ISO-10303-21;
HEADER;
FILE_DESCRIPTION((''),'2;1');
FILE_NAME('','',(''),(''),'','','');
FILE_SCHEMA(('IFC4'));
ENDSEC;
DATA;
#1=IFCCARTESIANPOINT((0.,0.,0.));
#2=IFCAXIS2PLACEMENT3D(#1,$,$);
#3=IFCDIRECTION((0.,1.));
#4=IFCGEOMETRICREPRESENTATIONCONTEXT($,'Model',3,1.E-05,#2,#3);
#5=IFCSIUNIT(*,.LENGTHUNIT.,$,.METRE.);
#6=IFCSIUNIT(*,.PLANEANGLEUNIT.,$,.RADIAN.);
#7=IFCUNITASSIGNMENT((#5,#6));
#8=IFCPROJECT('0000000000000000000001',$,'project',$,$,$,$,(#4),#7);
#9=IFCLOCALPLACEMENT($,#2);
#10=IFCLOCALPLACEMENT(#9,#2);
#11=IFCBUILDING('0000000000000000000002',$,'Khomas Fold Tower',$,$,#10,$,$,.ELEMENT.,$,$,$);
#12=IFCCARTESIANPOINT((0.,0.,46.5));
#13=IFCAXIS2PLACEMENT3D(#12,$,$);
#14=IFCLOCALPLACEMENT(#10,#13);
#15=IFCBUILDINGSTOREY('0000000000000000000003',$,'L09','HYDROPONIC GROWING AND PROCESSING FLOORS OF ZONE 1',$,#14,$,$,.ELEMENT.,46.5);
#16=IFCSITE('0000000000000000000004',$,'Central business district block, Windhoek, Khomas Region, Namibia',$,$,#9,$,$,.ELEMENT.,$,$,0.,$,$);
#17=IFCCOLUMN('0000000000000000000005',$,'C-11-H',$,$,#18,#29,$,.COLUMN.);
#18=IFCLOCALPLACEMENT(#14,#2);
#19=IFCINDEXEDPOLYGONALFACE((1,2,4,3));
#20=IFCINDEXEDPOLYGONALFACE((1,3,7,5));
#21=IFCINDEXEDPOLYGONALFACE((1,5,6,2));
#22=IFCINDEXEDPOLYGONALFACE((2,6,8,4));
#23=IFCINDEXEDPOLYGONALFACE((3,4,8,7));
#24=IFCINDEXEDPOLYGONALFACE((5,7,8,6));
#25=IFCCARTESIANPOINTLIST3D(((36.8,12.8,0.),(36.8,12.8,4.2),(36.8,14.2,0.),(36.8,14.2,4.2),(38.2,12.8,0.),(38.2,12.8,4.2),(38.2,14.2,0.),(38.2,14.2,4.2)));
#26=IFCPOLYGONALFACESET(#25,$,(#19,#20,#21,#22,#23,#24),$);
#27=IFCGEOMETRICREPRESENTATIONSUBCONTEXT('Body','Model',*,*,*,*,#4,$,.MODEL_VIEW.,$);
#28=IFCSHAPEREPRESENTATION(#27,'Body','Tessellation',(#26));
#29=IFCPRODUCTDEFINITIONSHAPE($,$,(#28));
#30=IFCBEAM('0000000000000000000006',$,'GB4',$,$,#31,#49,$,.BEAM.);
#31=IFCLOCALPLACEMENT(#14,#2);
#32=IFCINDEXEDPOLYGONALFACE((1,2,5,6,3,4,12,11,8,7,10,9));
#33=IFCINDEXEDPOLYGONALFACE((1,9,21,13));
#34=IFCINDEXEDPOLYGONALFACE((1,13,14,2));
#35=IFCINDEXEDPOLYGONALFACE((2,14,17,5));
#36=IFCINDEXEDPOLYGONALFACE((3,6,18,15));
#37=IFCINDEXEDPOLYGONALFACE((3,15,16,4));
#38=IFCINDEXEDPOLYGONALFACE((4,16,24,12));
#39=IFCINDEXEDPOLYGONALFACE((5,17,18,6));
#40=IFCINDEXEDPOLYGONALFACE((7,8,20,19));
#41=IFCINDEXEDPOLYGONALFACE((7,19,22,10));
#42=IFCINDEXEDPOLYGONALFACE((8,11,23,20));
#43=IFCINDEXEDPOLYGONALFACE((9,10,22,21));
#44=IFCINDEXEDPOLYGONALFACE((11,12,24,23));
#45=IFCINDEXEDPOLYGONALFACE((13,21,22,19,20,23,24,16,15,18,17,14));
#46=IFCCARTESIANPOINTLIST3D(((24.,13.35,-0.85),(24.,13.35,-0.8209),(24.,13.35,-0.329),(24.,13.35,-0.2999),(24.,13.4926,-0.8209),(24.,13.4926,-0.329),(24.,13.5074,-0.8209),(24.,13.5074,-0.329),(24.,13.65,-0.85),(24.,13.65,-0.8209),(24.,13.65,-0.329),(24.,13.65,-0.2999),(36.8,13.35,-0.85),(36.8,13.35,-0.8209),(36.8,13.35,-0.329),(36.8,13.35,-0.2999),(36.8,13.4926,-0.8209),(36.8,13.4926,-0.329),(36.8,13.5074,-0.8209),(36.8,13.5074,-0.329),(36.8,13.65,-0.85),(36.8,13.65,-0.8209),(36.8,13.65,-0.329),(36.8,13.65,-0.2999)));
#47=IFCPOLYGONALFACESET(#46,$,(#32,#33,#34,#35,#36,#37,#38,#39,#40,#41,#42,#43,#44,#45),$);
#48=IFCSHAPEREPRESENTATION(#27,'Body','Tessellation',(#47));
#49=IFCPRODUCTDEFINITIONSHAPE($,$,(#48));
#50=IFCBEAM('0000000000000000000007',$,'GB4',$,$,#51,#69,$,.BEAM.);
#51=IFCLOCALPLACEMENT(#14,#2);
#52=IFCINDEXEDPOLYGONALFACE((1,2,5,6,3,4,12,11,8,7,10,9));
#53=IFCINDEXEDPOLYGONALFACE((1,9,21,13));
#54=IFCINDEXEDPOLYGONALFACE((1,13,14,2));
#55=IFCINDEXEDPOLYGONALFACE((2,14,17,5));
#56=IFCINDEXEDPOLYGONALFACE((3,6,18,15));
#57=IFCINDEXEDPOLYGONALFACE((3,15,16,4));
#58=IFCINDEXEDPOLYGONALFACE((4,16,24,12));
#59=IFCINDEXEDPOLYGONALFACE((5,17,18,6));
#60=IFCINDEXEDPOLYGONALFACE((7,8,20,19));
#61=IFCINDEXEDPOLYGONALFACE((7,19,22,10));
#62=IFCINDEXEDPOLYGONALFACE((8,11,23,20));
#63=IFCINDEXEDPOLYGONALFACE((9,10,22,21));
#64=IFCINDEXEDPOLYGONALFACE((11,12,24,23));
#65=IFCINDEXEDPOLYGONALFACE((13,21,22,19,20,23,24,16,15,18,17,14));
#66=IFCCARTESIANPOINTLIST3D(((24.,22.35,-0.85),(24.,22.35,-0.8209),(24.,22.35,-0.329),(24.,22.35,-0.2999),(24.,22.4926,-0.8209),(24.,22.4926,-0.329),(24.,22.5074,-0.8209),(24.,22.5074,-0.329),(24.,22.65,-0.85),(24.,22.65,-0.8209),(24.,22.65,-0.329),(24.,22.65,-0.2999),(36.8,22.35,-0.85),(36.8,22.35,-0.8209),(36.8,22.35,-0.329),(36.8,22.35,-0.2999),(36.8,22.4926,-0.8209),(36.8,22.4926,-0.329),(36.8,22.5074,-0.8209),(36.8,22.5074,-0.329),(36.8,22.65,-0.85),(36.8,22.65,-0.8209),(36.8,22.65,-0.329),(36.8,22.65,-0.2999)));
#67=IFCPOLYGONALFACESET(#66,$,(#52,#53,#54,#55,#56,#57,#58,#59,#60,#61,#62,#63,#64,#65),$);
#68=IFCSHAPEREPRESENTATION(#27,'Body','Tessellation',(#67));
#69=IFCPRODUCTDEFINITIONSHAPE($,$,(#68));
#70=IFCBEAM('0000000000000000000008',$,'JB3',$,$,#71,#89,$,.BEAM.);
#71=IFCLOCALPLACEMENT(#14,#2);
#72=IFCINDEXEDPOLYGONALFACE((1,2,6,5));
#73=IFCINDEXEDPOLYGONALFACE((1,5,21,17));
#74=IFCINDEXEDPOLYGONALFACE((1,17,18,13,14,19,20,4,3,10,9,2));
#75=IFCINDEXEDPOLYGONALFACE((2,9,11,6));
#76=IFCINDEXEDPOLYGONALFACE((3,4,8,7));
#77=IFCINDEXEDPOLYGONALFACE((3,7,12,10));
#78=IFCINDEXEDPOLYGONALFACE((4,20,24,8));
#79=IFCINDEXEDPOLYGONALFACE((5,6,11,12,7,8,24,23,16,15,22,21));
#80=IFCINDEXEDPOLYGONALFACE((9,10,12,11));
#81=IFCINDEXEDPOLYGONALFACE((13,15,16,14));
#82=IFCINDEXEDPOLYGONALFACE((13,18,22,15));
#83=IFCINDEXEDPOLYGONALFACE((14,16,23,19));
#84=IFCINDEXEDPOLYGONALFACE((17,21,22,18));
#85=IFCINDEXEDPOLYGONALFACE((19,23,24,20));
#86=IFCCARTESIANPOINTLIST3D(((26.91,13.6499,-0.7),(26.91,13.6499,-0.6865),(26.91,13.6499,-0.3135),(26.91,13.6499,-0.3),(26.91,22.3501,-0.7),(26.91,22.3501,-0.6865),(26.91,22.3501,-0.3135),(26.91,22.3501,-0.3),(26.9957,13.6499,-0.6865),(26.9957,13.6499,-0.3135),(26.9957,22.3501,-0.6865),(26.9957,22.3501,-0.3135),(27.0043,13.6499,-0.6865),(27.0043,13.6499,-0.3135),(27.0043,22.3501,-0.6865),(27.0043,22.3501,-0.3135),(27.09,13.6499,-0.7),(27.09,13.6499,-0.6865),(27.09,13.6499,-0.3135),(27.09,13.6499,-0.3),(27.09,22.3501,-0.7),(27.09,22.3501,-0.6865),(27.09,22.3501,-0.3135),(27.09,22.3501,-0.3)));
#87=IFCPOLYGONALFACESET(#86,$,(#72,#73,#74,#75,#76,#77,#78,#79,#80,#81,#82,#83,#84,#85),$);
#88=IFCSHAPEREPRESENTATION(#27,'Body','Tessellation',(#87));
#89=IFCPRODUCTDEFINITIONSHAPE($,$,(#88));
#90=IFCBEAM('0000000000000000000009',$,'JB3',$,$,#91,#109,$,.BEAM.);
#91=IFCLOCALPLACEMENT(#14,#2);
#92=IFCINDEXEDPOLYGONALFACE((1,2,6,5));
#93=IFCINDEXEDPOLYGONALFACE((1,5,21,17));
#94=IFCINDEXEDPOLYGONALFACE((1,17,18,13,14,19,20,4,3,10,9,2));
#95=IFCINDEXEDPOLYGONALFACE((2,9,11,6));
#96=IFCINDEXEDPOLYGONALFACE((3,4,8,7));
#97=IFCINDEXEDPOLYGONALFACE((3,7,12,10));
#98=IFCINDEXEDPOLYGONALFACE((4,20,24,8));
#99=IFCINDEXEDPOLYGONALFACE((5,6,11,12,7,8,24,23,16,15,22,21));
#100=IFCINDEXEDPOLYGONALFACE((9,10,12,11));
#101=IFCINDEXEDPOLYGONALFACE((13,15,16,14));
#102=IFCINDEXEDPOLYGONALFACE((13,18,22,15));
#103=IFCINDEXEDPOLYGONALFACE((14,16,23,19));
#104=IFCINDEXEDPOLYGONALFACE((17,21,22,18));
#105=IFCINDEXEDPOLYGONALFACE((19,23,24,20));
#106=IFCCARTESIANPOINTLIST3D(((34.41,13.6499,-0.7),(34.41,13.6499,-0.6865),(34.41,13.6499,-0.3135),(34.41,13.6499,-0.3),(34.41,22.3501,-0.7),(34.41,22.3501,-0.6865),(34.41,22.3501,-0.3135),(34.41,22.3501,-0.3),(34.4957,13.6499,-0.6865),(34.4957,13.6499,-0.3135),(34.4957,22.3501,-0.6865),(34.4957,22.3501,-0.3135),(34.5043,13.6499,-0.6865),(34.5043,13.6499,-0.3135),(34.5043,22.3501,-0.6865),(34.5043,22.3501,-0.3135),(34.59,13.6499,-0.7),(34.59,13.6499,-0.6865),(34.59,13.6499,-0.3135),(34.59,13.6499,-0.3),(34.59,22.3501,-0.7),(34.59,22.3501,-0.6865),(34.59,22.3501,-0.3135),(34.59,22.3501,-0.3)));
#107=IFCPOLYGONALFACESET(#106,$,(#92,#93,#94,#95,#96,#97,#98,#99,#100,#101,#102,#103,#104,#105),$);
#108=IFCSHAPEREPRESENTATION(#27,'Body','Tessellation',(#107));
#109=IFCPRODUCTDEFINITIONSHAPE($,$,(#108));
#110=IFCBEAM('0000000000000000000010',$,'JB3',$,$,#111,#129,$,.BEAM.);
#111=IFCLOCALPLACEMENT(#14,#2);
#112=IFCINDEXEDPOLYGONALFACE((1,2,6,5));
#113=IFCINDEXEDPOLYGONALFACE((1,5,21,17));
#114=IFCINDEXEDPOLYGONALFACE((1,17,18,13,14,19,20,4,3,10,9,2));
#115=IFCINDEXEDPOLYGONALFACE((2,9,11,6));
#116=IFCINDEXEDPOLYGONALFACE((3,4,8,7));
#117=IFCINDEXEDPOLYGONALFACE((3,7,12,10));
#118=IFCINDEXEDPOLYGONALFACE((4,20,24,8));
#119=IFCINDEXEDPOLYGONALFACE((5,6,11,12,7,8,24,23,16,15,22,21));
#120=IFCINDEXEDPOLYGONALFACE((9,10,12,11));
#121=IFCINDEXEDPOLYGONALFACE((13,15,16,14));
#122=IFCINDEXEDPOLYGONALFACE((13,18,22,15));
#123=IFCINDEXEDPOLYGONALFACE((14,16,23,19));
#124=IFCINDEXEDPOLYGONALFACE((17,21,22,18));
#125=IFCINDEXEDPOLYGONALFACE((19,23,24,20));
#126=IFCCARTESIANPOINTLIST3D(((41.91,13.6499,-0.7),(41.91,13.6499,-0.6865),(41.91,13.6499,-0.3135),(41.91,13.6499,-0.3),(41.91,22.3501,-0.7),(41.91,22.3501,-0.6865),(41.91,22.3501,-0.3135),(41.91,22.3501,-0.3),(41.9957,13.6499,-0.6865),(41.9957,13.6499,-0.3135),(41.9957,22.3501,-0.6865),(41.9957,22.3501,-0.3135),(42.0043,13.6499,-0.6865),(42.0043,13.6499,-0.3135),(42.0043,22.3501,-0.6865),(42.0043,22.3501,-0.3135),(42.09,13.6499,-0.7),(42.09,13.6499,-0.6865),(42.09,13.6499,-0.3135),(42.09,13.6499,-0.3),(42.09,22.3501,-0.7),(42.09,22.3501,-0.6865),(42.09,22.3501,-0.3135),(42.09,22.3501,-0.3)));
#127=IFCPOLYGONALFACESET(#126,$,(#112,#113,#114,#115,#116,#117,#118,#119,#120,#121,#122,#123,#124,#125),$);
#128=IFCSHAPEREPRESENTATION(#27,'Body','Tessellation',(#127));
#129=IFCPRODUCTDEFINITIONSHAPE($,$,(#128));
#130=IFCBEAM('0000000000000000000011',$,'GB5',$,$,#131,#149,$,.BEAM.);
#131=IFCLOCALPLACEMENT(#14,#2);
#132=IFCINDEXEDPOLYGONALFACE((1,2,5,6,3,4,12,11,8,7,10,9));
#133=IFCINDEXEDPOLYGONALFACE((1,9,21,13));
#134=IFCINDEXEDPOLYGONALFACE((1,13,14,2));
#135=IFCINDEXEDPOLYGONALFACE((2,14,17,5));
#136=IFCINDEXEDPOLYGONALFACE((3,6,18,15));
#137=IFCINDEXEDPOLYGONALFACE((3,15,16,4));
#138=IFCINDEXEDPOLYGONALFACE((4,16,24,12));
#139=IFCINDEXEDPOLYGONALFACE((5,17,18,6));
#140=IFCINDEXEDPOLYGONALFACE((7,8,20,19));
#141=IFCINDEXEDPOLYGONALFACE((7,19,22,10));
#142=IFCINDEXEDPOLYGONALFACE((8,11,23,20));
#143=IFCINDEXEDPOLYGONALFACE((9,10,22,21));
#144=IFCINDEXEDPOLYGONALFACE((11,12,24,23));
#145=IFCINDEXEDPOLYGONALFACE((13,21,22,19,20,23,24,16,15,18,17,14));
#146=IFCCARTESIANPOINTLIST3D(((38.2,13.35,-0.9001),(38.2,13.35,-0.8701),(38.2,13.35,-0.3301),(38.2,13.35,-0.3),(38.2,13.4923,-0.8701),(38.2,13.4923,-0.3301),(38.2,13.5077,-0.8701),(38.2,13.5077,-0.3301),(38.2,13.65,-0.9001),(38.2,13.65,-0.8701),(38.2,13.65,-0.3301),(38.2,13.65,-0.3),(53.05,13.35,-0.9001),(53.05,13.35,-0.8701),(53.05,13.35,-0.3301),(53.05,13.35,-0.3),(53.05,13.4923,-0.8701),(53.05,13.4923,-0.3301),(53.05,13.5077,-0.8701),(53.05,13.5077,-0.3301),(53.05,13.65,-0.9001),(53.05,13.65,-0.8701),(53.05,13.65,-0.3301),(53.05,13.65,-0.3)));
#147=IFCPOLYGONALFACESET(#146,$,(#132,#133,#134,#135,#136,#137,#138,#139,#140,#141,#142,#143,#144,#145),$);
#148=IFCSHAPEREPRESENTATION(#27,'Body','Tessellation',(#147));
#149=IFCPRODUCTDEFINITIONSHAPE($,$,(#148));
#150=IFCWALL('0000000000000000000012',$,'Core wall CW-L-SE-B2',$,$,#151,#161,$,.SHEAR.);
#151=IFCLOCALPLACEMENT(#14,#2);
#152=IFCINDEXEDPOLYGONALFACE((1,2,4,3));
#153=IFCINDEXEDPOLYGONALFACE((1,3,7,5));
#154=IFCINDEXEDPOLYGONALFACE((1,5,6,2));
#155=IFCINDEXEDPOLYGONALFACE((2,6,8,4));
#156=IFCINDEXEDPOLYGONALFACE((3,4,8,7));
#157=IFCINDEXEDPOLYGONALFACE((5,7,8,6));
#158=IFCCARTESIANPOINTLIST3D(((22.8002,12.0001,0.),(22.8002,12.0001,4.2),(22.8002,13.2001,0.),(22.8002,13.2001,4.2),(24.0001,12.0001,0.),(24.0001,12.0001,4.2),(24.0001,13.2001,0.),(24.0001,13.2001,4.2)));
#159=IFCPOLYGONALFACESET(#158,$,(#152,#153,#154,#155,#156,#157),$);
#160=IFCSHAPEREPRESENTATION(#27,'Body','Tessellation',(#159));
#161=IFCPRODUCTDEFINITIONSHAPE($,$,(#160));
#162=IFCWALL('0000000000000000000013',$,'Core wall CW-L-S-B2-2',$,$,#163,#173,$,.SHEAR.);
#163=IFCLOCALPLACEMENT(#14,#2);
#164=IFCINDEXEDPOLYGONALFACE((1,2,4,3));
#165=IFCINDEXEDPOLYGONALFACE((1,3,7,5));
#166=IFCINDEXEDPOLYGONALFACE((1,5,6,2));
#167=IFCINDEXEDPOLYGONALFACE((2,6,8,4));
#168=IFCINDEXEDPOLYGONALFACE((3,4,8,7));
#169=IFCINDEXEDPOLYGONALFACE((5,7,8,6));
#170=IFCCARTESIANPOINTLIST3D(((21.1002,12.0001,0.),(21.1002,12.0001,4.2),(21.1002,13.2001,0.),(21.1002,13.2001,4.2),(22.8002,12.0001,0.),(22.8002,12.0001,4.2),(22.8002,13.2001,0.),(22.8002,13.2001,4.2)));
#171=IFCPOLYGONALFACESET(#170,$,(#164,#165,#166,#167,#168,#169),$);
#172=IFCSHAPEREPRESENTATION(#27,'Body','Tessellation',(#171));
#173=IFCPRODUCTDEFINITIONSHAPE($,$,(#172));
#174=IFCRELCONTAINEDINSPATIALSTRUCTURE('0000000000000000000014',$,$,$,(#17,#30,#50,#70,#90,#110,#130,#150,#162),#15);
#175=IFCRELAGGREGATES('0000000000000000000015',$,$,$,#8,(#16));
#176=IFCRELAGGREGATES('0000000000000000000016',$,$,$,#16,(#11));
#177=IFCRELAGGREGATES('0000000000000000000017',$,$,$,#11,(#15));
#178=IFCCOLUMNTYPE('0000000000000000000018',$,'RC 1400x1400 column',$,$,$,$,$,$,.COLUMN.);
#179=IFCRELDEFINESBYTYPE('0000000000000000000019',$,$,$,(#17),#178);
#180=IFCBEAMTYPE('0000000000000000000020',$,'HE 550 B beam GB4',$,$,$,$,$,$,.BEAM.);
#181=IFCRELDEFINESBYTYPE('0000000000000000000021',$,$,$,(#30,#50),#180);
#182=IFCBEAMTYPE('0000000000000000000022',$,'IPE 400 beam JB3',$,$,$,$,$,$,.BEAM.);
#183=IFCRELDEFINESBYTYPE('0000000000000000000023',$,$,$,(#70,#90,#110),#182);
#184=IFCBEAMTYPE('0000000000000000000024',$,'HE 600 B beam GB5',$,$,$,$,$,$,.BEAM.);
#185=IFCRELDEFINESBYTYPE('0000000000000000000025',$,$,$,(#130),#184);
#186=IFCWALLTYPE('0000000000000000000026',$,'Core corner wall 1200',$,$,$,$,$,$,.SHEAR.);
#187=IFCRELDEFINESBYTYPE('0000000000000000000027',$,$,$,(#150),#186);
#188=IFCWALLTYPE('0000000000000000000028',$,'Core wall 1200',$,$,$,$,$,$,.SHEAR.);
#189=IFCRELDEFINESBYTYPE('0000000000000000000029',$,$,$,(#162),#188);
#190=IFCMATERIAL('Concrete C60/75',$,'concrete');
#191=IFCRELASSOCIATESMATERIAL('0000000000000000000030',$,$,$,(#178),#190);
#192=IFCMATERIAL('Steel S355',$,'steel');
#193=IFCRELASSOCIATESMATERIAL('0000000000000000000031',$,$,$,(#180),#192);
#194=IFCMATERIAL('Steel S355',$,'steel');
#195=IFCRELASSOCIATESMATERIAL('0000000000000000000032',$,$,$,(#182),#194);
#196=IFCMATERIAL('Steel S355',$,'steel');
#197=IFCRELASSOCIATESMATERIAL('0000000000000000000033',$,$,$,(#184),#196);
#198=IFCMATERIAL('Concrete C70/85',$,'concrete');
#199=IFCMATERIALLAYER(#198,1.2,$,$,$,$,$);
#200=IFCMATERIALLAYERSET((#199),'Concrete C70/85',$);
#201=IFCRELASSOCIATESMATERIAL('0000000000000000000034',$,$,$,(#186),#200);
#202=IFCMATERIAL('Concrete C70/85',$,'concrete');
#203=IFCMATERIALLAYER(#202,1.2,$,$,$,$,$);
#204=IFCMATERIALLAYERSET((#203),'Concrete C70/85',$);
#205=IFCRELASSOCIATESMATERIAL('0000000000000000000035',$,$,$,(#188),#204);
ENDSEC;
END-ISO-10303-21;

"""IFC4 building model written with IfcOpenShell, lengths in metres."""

from ifc_helpers import new_model, si_unit, direction, frame, frame_2d, origin, origin_2d, place, context, subcontext, project, spatial, rectangle, i_section, extrude, source, transform, mapped, material, layer, layer_set, material_profile, profile_set, type_object, element, save


model = new_model("IFC4")

# Units and contexts
model_context = context("Model", 3, precision=1e-05, world=origin(), true_north=direction((0.0, 1.0)))
body_context = subcontext(model_context, "Body", "Model", "MODEL_VIEW")
ifc_project = project(units=[si_unit("LENGTHUNIT", "METRE"), si_unit("PLANEANGLEUNIT", "RADIAN")], contexts=[model_context])

# Site, building, storey
site_placement = place(None, origin())
site = spatial("IfcSite", under=ifc_project, at=site_placement, Name="Central business district block, Windhoek, Khomas Region, Namibia", CompositionType="ELEMENT", RefElevation=0.0)
building_placement = place(site_placement, origin())
building = spatial("IfcBuilding", under=site, at=building_placement, Name="Khomas Fold Tower", CompositionType="ELEMENT")
storey_placement = place(building_placement, frame((0.0, 0.0, 46.5)))
storey = spatial("IfcBuildingStorey", under=building, at=storey_placement, Name="L09", Description="HYDROPONIC GROWING AND PROCESSING FLOORS OF ZONE 1", CompositionType="ELEMENT", Elevation=46.5)

# Column
ifc_material_1 = material(Name="Concrete C60/75", Category="concrete")
ifc_material_profile_1 = material_profile(ifc_material_1, rectangle(XDim=1.3999, YDim=1.3999, at=origin_2d()), Name="RC 1400x1400")
ifc_profile_set_1 = profile_set([ifc_material_profile_1], Name="Concrete C60/75")
column_type = type_object("IfcColumnType", Name="RC 1400x1400 column", PredefinedType="COLUMN", material=ifc_profile_set_1)
shared_shape_1 = source(origin(), body_context, "Body", "SweptSolid", [
    extrude(rectangle(XDim=1.3999, YDim=1.3999, at=origin_2d()), origin(), (0.0, 0.0, 1.0), 4.2),
])
column_placement = place(storey_placement, frame((37.5, 13.5, 0.0), z_axis=(0.0, 0.0, 1.0), x_axis=(1.0, 0.0, 0.0)))
element("IfcColumn", 1, at=column_placement, inside=storey, type_object=column_type, Name="C-11-H", PredefinedType="COLUMN", context=body_context, shape_type="MappedRepresentation", body=[
    mapped(shared_shape_1, transform((0.0, 0.0, 0.0))),
])

# Beams
ifc_material_2 = material(Name="Steel S355", Category="steel")
ifc_material_profile_2 = material_profile(ifc_material_2, i_section(OverallWidth=0.3, OverallDepth=0.55, WebThickness=0.0149, FlangeThickness=0.0291, at=origin_2d()), Name="HE 550 B")
ifc_profile_set_2 = profile_set([ifc_material_profile_2], Name="Steel S355")
beam_type_1 = type_object("IfcBeamType", Name="HE 550 B beam GB4", PredefinedType="BEAM", material=ifc_profile_set_2)
shared_shape_2 = source(origin(), body_context, "Body", "SweptSolid", [
    extrude(i_section(OverallWidth=0.3, OverallDepth=0.55, WebThickness=0.0149, FlangeThickness=0.0291, at=origin_2d()), origin(), (0.0, 0.0, 1.0), 12.8),
])
for number, where, z_axis, x_axis, name in (
    (2, (24.0, 13.5, -0.575), (1.0, 0.0, 0.0), (0.0, 1.0, 0.0), "GB4"),
    (3, (24.0, 22.5, -0.575), (1.0, 0.0, 0.0), (0.0, 1.0, 0.0), "GB4"),
):
    element("IfcBeam", number, at=place(storey_placement, frame(where, z_axis=z_axis, x_axis=x_axis)), inside=storey, type_object=beam_type_1, Name=name, PredefinedType="BEAM", context=body_context, shape_type="MappedRepresentation", body=[
        mapped(shared_shape_2, transform((0.0, 0.0, 0.0))),
    ])
ifc_material_3 = material(Name="Steel S355", Category="steel")
ifc_material_profile_3 = material_profile(ifc_material_3, i_section(OverallWidth=0.1799, OverallDepth=0.3999, WebThickness=0.0085, FlangeThickness=0.0134, at=origin_2d()), Name="IPE 400")
ifc_profile_set_3 = profile_set([ifc_material_profile_3], Name="Steel S355")
beam_type_2 = type_object("IfcBeamType", Name="IPE 400 beam JB3", PredefinedType="BEAM", material=ifc_profile_set_3)
shared_shape_3 = source(origin(), body_context, "Body", "SweptSolid", [
    extrude(i_section(OverallWidth=0.1799, OverallDepth=0.3999, WebThickness=0.0085, FlangeThickness=0.0134, at=origin_2d()), origin(), (0.0, 0.0, 1.0), 8.7002),
])
for number, where, z_axis, x_axis, name in (
    (4, (27.0, 13.6499, -0.5), (0.0, 1.0, 0.0), (-1.0, 0.0, 0.0), "JB3"),
    (5, (34.5, 13.6499, -0.5), (0.0, 1.0, 0.0), (-1.0, 0.0, 0.0), "JB3"),
    (6, (42.0, 13.6499, -0.5), (0.0, 1.0, 0.0), (-1.0, 0.0, 0.0), "JB3"),
):
    element("IfcBeam", number, at=place(storey_placement, frame(where, z_axis=z_axis, x_axis=x_axis)), inside=storey, type_object=beam_type_2, Name=name, PredefinedType="BEAM", context=body_context, shape_type="MappedRepresentation", body=[
        mapped(shared_shape_3, transform((0.0, 0.0, 0.0))),
    ])
ifc_material_4 = material(Name="Steel S355", Category="steel")
ifc_material_profile_4 = material_profile(ifc_material_4, i_section(OverallWidth=0.3, OverallDepth=0.6001, WebThickness=0.0154, FlangeThickness=0.03, at=origin_2d()), Name="HE 600 B")
ifc_profile_set_4 = profile_set([ifc_material_profile_4], Name="Steel S355")
beam_type_3 = type_object("IfcBeamType", Name="HE 600 B beam GB5", PredefinedType="BEAM", material=ifc_profile_set_4)
shared_shape_4 = source(origin(), body_context, "Body", "SweptSolid", [
    extrude(i_section(OverallWidth=0.3, OverallDepth=0.6001, WebThickness=0.0154, FlangeThickness=0.03, at=origin_2d()), origin(), (0.0, 0.0, 1.0), 14.8501),
])
beam_placement = place(storey_placement, frame((38.2, 13.5, -0.6001), z_axis=(1.0, 0.0, 0.0), x_axis=(0.0, 1.0, 0.0)))
element("IfcBeam", 7, at=beam_placement, inside=storey, type_object=beam_type_3, Name="GB5", PredefinedType="BEAM", context=body_context, shape_type="MappedRepresentation", body=[
    mapped(shared_shape_4, transform((0.0, 0.0, 0.0))),
])

# Walls
ifc_material_5 = material(Name="Concrete C70/85", Category="concrete")
ifc_layer_1 = layer(ifc_material_5, 1.2)
ifc_layer_set_1 = layer_set([ifc_layer_1], Name="Concrete C70/85")
wall_type_1 = type_object("IfcWallType", Name="Core corner wall 1200", PredefinedType="SHEAR", material=ifc_layer_set_1)
shared_shape_5 = source(origin(), body_context, "Body", "SweptSolid", [
    extrude(rectangle(XDim=1.2, YDim=1.2, at=frame_2d((0.6001, 0.0))), origin(), (0.0, 0.0, 1.0), 4.2),
])
wall_1_placement = place(storey_placement, frame((22.8, 12.6001, 0.0), z_axis=(0.0, 0.0, 1.0), x_axis=(1.0, 0.0, 0.0)))
element("IfcWall", 8, at=wall_1_placement, inside=storey, type_object=wall_type_1, Name="Core wall CW-L-SE-B2", PredefinedType="SHEAR", context=body_context, shape_type="MappedRepresentation", body=[
    mapped(shared_shape_5, transform((0.0, 0.0, 0.0))),
])
ifc_material_6 = material(Name="Concrete C70/85", Category="concrete")
ifc_layer_2 = layer(ifc_material_6, 1.2)
ifc_layer_set_2 = layer_set([ifc_layer_2], Name="Concrete C70/85")
wall_type_2 = type_object("IfcWallType", Name="Core wall 1200", PredefinedType="SHEAR", material=ifc_layer_set_2)
shared_shape_6 = source(origin(), body_context, "Body", "SweptSolid", [
    extrude(rectangle(XDim=1.7, YDim=1.2, at=frame_2d((0.8501, 0.0))), origin(), (0.0, 0.0, 1.0), 4.2),
])
wall_2_placement = place(storey_placement, frame((21.1001, 12.6001, 0.0), z_axis=(0.0, 0.0, 1.0), x_axis=(1.0, 0.0, 0.0)))
element("IfcWall", 9, at=wall_2_placement, inside=storey, type_object=wall_type_2, Name="Core wall CW-L-S-B2-2", PredefinedType="SHEAR", context=body_context, shape_type="MappedRepresentation", body=[
    mapped(shared_shape_6, transform((0.0, 0.0, 0.0))),
])

save(model, "model.ifc")
